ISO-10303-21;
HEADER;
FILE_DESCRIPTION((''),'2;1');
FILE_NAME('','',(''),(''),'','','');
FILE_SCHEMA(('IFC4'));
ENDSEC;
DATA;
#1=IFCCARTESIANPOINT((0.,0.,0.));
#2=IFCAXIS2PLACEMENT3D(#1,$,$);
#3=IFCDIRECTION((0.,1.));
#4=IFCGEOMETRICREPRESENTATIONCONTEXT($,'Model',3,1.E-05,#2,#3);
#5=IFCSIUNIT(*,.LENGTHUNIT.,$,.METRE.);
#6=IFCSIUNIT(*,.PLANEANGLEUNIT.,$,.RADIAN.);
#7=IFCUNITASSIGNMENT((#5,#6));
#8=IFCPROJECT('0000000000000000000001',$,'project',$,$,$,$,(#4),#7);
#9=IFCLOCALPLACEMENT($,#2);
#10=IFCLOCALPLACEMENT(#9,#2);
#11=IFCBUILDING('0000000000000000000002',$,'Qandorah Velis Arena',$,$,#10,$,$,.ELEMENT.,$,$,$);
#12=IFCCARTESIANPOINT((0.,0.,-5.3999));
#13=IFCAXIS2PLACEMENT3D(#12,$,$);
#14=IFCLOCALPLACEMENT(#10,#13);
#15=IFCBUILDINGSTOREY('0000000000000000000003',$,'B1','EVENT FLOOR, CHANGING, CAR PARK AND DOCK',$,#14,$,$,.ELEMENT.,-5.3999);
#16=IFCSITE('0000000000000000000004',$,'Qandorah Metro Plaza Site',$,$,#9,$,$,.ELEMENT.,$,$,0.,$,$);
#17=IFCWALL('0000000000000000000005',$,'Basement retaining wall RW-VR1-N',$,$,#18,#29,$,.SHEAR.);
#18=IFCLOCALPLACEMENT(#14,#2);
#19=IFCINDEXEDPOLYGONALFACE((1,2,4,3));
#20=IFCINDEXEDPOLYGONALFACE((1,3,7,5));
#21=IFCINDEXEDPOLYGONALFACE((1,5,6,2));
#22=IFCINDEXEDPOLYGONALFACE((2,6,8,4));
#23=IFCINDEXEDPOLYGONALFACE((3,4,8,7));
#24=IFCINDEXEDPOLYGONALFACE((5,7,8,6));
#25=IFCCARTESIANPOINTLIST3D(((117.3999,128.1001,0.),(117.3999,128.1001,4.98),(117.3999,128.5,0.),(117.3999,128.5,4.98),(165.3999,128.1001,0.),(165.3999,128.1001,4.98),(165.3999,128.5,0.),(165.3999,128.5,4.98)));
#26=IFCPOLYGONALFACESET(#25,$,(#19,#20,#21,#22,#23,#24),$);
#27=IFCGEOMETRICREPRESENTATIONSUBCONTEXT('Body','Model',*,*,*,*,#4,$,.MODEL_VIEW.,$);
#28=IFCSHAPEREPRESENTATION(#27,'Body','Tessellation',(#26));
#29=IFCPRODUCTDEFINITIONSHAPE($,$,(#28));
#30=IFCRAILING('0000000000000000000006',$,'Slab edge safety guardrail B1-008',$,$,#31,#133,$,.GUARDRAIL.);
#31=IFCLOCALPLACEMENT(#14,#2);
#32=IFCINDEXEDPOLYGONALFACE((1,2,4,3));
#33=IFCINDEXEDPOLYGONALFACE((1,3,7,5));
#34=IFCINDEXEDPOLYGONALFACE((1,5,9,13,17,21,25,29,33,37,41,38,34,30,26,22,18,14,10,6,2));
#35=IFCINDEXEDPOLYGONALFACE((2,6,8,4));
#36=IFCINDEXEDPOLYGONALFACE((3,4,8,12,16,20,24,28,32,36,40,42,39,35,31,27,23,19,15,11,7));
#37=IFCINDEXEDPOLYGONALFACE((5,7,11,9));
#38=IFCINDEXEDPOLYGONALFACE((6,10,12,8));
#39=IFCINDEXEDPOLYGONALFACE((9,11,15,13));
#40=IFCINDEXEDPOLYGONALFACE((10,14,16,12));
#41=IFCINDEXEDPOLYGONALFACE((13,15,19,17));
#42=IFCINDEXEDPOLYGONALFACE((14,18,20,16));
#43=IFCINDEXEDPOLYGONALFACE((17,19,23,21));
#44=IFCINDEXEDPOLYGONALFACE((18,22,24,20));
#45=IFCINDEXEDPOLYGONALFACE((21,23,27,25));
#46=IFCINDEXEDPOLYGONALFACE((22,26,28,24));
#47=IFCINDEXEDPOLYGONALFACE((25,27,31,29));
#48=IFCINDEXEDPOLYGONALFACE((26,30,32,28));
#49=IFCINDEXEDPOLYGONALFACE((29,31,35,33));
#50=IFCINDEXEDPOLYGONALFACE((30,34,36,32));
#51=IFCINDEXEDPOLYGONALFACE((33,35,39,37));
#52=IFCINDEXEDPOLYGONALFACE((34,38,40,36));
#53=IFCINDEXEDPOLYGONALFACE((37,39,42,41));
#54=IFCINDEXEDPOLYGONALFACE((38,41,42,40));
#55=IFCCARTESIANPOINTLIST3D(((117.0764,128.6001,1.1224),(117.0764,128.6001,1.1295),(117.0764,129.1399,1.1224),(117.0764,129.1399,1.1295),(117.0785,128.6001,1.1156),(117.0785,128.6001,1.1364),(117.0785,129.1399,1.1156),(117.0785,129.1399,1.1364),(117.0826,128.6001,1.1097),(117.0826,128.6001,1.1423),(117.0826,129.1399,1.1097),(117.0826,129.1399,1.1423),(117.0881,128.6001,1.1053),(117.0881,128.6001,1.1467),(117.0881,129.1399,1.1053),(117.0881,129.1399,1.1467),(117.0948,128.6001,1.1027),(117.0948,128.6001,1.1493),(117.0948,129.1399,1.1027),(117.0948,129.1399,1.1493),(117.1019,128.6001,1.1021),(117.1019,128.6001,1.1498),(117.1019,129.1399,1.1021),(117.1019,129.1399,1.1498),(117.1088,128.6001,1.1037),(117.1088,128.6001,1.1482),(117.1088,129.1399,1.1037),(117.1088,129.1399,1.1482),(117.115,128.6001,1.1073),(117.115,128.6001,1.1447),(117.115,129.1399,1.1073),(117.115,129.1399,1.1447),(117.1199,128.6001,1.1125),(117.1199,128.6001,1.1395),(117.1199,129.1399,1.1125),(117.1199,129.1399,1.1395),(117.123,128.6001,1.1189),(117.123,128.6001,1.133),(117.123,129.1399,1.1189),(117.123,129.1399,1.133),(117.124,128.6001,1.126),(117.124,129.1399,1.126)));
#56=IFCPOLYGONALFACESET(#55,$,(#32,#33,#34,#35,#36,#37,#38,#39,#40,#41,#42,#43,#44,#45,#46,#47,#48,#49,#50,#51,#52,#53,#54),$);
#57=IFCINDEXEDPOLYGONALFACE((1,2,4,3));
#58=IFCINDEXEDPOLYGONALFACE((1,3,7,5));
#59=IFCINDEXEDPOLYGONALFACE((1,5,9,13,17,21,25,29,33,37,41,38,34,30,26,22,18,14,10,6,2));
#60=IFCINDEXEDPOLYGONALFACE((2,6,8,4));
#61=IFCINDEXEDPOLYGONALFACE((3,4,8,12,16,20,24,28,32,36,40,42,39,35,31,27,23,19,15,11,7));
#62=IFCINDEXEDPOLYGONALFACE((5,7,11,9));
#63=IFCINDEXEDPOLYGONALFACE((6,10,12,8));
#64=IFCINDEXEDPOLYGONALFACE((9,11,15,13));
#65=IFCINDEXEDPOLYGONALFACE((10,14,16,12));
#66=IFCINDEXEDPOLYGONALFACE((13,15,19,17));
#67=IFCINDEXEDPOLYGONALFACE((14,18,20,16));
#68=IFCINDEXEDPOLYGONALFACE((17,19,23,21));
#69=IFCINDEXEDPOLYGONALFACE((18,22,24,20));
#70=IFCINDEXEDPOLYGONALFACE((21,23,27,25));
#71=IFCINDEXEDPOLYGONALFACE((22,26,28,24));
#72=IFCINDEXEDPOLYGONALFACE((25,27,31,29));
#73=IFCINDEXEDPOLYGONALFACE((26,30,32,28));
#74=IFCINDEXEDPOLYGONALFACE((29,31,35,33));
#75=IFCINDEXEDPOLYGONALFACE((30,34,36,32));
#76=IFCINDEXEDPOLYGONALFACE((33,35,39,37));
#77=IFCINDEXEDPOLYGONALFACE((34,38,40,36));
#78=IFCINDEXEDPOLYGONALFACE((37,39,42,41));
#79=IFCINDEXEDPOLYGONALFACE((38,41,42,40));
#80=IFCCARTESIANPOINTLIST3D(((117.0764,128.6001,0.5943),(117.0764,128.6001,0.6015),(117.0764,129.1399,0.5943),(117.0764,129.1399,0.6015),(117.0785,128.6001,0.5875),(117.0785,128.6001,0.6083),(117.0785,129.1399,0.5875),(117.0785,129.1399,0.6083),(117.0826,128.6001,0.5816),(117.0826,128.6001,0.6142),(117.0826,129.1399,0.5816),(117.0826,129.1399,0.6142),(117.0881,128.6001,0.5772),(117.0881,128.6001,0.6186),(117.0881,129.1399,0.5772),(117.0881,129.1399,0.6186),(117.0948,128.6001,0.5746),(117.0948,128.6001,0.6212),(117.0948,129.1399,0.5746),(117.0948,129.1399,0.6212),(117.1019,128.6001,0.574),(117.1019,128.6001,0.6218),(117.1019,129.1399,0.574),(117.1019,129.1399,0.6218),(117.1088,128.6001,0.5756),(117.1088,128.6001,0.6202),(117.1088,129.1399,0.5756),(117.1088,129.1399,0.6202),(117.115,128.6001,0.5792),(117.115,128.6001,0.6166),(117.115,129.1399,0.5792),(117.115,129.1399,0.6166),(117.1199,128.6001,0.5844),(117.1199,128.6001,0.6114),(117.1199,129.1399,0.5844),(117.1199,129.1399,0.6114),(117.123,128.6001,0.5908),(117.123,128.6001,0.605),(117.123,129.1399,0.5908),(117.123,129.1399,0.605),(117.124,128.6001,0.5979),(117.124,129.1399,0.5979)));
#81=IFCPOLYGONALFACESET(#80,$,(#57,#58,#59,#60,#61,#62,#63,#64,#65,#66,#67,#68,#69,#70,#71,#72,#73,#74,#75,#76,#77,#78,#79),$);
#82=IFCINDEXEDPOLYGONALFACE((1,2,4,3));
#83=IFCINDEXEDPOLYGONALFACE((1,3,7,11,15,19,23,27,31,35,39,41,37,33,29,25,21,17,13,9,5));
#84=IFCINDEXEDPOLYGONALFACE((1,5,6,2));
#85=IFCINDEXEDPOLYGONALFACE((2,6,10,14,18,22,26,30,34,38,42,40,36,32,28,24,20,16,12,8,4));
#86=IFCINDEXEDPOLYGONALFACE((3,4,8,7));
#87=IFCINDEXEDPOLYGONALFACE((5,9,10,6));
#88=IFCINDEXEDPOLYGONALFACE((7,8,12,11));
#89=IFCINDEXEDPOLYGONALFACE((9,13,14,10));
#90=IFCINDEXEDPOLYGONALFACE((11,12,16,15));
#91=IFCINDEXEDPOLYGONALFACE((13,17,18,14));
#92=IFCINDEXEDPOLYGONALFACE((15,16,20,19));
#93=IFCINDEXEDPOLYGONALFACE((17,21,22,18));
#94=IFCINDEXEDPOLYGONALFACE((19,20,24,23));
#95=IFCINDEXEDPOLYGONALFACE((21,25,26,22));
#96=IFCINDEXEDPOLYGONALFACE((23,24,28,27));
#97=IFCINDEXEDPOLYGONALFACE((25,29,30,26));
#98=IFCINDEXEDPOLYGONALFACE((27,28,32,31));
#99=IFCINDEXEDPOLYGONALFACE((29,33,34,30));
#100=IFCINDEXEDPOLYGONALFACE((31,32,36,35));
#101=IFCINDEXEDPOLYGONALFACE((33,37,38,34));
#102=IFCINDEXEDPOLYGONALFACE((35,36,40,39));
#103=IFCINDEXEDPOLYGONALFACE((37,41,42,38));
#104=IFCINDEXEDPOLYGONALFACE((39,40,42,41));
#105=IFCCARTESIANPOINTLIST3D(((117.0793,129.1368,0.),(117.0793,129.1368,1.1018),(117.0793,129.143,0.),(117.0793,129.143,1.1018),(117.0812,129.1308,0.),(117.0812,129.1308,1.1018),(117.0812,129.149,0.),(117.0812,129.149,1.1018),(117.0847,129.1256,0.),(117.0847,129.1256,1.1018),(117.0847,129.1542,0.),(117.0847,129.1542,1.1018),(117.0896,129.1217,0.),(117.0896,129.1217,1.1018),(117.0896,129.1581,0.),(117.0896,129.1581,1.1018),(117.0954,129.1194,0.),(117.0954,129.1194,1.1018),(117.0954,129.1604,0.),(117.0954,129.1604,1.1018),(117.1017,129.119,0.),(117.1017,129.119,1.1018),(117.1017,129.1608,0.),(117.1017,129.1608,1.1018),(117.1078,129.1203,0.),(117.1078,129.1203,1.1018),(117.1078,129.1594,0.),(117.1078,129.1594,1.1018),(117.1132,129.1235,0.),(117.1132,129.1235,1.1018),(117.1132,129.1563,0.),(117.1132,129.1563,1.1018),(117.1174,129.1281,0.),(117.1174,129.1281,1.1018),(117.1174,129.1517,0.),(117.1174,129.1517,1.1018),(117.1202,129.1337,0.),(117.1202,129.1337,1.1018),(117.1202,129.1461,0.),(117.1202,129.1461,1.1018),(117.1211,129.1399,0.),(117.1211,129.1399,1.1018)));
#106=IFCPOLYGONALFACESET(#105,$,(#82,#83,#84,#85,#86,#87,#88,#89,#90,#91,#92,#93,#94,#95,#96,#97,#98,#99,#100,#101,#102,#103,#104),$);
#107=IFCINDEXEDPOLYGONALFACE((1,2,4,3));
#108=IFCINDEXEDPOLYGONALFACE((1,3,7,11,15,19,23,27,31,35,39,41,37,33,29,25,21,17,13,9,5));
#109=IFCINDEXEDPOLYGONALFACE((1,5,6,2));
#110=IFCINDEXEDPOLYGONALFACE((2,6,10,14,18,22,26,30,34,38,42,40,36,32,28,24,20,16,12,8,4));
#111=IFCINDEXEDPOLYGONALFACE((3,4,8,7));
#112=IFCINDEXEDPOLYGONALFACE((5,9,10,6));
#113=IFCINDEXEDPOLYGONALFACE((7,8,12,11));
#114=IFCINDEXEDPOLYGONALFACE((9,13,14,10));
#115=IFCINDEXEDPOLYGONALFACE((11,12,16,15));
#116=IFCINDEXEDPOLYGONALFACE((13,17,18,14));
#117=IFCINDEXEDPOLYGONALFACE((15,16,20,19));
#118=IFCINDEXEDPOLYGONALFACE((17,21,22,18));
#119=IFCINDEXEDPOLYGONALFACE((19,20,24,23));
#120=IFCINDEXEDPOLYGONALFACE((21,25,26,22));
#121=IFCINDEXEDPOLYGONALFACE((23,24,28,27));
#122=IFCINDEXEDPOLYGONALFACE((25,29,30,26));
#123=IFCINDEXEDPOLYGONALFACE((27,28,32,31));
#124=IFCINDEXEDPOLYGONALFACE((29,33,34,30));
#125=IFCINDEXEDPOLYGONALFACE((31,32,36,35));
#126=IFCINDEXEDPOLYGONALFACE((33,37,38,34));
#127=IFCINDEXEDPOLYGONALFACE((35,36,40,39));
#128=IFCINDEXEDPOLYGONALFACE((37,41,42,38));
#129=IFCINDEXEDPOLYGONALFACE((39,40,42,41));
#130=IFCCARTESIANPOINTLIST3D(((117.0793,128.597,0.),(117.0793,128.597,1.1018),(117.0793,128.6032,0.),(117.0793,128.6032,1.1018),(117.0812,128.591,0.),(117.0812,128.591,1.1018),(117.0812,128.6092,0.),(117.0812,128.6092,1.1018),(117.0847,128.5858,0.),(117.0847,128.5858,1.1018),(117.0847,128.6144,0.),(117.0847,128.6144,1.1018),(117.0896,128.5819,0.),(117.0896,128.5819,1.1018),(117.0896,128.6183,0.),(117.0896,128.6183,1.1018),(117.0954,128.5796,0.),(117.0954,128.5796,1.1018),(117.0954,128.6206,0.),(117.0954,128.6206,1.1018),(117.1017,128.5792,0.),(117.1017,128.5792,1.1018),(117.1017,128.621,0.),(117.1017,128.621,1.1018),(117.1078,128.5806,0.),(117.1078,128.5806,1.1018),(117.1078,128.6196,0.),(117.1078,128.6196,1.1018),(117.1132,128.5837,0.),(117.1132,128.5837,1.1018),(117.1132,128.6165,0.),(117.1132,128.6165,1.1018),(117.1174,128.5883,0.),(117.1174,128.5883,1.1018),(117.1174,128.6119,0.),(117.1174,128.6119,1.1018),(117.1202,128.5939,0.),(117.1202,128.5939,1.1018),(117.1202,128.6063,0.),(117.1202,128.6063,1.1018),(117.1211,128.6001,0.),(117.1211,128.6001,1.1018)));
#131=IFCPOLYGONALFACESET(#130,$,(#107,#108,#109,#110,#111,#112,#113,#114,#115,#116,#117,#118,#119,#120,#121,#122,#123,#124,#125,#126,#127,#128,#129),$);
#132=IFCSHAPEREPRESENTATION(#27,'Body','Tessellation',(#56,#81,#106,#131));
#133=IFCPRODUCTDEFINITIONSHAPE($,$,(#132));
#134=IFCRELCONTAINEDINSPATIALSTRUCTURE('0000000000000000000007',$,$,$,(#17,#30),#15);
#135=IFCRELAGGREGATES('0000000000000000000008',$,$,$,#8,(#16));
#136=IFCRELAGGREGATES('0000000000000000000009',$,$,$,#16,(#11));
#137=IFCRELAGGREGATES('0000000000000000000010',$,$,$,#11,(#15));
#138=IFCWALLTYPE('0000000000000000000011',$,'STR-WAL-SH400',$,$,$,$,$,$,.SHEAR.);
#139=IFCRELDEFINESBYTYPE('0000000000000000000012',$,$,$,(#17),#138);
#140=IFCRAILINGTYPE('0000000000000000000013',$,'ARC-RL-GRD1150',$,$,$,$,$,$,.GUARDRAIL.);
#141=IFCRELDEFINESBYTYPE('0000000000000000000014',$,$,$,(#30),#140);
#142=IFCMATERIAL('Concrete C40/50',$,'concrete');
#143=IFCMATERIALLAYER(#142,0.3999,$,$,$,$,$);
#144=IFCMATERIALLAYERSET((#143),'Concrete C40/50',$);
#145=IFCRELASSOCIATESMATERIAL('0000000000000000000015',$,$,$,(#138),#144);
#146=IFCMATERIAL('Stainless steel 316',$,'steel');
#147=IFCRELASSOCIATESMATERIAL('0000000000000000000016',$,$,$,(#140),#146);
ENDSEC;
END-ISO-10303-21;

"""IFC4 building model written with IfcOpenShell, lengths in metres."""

from ifc_helpers import new_model, si_unit, direction, frame, frame_2d, origin, origin_2d, place, context, subcontext, project, spatial, rectangle, circle, extrude, material, layer, layer_set, type_object, element, save


model = new_model("IFC4")

# Units and contexts
model_context = context("Model", 3, precision=1e-05, world=origin(), true_north=direction((0.0, 1.0)))
body_context = subcontext(model_context, "Body", "Model", "MODEL_VIEW")
ifc_project = project(units=[si_unit("LENGTHUNIT", "METRE"), si_unit("PLANEANGLEUNIT", "RADIAN")], contexts=[model_context])

# Site, building, storey
site_placement = place(None, origin())
site = spatial("IfcSite", under=ifc_project, at=site_placement, Name="Qandorah Metro Plaza Site", CompositionType="ELEMENT", RefElevation=0.0)
building_placement = place(site_placement, origin())
building = spatial("IfcBuilding", under=site, at=building_placement, Name="Qandorah Velis Arena", CompositionType="ELEMENT")
storey_placement = place(building_placement, frame((0.0, 0.0, -5.3999)))
storey = spatial("IfcBuildingStorey", under=building, at=storey_placement, Name="B1", Description="EVENT FLOOR, CHANGING, CAR PARK AND DOCK", CompositionType="ELEMENT", Elevation=-5.3999)

# Shared definitions
ifc_material_1 = material(Name="Concrete C40/50", Category="concrete")

# Wall
ifc_layer_1 = layer(ifc_material_1, 0.3999)
ifc_layer_set_1 = layer_set([ifc_layer_1], Name="Concrete C40/50")
wall_type = type_object("IfcWallType", Name="STR-WAL-SH400", PredefinedType="SHEAR", material=ifc_layer_set_1)
for number, where, z_axis, x_axis, name in (
    (1, (117.3999, 128.3, 0.0), (0.0, 0.0, 1.0), (1.0, 0.0, 0.0), "Basement retaining wall RW-VR1-N"),
):
    element("IfcWall", number, at=place(storey_placement, frame(where, z_axis=z_axis, x_axis=x_axis)), inside=storey, type_object=wall_type, Name=name, PredefinedType="SHEAR", context=body_context, shape_type="SweptSolid", body=[
        extrude(rectangle(XDim=48.0, YDim=0.3999, at=frame_2d((24.0, 0.0))), origin(), (0.0, 0.0, 1.0), 4.98),
    ])

# Railing
ifc_material_2 = material(Name="Stainless steel 316", Category="steel")
railing_type = type_object("IfcRailingType", Name="ARC-RL-GRD1150", PredefinedType="GUARDRAIL", material=ifc_material_2)
railing_1_placement = place(storey_placement, frame((117.1001, 129.1399, 0.0)))
element("IfcRailing", 2, at=railing_1_placement, inside=storey, type_object=railing_type, Name="Slab edge safety guardrail B1-008", PredefinedType="GUARDRAIL", context=body_context, shape_type="SweptSolid", body=[
    extrude(circle(Radius=0.0239, at=origin_2d()), frame((0.0, 0.0, 1.126), z_axis=(0.0, -1.0, 0.0), x_axis=(1.0, 0.0, 0.0)), (0.0, 0.0, 1.0), 0.5398),
    extrude(circle(Radius=0.0239, at=origin_2d()), frame((0.0, 0.0, 0.5979), z_axis=(0.0, -1.0, 0.0), x_axis=(1.0, 0.0, 0.0)), (0.0, 0.0, 1.0), 0.5398),
    extrude(circle(Radius=0.021, at=origin_2d()), origin(), (0.0, 0.0, 1.0), 1.1018),
    extrude(circle(Radius=0.021, at=origin_2d()), frame((0.0, -0.5398, 0.0)), (0.0, 0.0, 1.0), 1.1018),
])

save(model, "model.ifc")
